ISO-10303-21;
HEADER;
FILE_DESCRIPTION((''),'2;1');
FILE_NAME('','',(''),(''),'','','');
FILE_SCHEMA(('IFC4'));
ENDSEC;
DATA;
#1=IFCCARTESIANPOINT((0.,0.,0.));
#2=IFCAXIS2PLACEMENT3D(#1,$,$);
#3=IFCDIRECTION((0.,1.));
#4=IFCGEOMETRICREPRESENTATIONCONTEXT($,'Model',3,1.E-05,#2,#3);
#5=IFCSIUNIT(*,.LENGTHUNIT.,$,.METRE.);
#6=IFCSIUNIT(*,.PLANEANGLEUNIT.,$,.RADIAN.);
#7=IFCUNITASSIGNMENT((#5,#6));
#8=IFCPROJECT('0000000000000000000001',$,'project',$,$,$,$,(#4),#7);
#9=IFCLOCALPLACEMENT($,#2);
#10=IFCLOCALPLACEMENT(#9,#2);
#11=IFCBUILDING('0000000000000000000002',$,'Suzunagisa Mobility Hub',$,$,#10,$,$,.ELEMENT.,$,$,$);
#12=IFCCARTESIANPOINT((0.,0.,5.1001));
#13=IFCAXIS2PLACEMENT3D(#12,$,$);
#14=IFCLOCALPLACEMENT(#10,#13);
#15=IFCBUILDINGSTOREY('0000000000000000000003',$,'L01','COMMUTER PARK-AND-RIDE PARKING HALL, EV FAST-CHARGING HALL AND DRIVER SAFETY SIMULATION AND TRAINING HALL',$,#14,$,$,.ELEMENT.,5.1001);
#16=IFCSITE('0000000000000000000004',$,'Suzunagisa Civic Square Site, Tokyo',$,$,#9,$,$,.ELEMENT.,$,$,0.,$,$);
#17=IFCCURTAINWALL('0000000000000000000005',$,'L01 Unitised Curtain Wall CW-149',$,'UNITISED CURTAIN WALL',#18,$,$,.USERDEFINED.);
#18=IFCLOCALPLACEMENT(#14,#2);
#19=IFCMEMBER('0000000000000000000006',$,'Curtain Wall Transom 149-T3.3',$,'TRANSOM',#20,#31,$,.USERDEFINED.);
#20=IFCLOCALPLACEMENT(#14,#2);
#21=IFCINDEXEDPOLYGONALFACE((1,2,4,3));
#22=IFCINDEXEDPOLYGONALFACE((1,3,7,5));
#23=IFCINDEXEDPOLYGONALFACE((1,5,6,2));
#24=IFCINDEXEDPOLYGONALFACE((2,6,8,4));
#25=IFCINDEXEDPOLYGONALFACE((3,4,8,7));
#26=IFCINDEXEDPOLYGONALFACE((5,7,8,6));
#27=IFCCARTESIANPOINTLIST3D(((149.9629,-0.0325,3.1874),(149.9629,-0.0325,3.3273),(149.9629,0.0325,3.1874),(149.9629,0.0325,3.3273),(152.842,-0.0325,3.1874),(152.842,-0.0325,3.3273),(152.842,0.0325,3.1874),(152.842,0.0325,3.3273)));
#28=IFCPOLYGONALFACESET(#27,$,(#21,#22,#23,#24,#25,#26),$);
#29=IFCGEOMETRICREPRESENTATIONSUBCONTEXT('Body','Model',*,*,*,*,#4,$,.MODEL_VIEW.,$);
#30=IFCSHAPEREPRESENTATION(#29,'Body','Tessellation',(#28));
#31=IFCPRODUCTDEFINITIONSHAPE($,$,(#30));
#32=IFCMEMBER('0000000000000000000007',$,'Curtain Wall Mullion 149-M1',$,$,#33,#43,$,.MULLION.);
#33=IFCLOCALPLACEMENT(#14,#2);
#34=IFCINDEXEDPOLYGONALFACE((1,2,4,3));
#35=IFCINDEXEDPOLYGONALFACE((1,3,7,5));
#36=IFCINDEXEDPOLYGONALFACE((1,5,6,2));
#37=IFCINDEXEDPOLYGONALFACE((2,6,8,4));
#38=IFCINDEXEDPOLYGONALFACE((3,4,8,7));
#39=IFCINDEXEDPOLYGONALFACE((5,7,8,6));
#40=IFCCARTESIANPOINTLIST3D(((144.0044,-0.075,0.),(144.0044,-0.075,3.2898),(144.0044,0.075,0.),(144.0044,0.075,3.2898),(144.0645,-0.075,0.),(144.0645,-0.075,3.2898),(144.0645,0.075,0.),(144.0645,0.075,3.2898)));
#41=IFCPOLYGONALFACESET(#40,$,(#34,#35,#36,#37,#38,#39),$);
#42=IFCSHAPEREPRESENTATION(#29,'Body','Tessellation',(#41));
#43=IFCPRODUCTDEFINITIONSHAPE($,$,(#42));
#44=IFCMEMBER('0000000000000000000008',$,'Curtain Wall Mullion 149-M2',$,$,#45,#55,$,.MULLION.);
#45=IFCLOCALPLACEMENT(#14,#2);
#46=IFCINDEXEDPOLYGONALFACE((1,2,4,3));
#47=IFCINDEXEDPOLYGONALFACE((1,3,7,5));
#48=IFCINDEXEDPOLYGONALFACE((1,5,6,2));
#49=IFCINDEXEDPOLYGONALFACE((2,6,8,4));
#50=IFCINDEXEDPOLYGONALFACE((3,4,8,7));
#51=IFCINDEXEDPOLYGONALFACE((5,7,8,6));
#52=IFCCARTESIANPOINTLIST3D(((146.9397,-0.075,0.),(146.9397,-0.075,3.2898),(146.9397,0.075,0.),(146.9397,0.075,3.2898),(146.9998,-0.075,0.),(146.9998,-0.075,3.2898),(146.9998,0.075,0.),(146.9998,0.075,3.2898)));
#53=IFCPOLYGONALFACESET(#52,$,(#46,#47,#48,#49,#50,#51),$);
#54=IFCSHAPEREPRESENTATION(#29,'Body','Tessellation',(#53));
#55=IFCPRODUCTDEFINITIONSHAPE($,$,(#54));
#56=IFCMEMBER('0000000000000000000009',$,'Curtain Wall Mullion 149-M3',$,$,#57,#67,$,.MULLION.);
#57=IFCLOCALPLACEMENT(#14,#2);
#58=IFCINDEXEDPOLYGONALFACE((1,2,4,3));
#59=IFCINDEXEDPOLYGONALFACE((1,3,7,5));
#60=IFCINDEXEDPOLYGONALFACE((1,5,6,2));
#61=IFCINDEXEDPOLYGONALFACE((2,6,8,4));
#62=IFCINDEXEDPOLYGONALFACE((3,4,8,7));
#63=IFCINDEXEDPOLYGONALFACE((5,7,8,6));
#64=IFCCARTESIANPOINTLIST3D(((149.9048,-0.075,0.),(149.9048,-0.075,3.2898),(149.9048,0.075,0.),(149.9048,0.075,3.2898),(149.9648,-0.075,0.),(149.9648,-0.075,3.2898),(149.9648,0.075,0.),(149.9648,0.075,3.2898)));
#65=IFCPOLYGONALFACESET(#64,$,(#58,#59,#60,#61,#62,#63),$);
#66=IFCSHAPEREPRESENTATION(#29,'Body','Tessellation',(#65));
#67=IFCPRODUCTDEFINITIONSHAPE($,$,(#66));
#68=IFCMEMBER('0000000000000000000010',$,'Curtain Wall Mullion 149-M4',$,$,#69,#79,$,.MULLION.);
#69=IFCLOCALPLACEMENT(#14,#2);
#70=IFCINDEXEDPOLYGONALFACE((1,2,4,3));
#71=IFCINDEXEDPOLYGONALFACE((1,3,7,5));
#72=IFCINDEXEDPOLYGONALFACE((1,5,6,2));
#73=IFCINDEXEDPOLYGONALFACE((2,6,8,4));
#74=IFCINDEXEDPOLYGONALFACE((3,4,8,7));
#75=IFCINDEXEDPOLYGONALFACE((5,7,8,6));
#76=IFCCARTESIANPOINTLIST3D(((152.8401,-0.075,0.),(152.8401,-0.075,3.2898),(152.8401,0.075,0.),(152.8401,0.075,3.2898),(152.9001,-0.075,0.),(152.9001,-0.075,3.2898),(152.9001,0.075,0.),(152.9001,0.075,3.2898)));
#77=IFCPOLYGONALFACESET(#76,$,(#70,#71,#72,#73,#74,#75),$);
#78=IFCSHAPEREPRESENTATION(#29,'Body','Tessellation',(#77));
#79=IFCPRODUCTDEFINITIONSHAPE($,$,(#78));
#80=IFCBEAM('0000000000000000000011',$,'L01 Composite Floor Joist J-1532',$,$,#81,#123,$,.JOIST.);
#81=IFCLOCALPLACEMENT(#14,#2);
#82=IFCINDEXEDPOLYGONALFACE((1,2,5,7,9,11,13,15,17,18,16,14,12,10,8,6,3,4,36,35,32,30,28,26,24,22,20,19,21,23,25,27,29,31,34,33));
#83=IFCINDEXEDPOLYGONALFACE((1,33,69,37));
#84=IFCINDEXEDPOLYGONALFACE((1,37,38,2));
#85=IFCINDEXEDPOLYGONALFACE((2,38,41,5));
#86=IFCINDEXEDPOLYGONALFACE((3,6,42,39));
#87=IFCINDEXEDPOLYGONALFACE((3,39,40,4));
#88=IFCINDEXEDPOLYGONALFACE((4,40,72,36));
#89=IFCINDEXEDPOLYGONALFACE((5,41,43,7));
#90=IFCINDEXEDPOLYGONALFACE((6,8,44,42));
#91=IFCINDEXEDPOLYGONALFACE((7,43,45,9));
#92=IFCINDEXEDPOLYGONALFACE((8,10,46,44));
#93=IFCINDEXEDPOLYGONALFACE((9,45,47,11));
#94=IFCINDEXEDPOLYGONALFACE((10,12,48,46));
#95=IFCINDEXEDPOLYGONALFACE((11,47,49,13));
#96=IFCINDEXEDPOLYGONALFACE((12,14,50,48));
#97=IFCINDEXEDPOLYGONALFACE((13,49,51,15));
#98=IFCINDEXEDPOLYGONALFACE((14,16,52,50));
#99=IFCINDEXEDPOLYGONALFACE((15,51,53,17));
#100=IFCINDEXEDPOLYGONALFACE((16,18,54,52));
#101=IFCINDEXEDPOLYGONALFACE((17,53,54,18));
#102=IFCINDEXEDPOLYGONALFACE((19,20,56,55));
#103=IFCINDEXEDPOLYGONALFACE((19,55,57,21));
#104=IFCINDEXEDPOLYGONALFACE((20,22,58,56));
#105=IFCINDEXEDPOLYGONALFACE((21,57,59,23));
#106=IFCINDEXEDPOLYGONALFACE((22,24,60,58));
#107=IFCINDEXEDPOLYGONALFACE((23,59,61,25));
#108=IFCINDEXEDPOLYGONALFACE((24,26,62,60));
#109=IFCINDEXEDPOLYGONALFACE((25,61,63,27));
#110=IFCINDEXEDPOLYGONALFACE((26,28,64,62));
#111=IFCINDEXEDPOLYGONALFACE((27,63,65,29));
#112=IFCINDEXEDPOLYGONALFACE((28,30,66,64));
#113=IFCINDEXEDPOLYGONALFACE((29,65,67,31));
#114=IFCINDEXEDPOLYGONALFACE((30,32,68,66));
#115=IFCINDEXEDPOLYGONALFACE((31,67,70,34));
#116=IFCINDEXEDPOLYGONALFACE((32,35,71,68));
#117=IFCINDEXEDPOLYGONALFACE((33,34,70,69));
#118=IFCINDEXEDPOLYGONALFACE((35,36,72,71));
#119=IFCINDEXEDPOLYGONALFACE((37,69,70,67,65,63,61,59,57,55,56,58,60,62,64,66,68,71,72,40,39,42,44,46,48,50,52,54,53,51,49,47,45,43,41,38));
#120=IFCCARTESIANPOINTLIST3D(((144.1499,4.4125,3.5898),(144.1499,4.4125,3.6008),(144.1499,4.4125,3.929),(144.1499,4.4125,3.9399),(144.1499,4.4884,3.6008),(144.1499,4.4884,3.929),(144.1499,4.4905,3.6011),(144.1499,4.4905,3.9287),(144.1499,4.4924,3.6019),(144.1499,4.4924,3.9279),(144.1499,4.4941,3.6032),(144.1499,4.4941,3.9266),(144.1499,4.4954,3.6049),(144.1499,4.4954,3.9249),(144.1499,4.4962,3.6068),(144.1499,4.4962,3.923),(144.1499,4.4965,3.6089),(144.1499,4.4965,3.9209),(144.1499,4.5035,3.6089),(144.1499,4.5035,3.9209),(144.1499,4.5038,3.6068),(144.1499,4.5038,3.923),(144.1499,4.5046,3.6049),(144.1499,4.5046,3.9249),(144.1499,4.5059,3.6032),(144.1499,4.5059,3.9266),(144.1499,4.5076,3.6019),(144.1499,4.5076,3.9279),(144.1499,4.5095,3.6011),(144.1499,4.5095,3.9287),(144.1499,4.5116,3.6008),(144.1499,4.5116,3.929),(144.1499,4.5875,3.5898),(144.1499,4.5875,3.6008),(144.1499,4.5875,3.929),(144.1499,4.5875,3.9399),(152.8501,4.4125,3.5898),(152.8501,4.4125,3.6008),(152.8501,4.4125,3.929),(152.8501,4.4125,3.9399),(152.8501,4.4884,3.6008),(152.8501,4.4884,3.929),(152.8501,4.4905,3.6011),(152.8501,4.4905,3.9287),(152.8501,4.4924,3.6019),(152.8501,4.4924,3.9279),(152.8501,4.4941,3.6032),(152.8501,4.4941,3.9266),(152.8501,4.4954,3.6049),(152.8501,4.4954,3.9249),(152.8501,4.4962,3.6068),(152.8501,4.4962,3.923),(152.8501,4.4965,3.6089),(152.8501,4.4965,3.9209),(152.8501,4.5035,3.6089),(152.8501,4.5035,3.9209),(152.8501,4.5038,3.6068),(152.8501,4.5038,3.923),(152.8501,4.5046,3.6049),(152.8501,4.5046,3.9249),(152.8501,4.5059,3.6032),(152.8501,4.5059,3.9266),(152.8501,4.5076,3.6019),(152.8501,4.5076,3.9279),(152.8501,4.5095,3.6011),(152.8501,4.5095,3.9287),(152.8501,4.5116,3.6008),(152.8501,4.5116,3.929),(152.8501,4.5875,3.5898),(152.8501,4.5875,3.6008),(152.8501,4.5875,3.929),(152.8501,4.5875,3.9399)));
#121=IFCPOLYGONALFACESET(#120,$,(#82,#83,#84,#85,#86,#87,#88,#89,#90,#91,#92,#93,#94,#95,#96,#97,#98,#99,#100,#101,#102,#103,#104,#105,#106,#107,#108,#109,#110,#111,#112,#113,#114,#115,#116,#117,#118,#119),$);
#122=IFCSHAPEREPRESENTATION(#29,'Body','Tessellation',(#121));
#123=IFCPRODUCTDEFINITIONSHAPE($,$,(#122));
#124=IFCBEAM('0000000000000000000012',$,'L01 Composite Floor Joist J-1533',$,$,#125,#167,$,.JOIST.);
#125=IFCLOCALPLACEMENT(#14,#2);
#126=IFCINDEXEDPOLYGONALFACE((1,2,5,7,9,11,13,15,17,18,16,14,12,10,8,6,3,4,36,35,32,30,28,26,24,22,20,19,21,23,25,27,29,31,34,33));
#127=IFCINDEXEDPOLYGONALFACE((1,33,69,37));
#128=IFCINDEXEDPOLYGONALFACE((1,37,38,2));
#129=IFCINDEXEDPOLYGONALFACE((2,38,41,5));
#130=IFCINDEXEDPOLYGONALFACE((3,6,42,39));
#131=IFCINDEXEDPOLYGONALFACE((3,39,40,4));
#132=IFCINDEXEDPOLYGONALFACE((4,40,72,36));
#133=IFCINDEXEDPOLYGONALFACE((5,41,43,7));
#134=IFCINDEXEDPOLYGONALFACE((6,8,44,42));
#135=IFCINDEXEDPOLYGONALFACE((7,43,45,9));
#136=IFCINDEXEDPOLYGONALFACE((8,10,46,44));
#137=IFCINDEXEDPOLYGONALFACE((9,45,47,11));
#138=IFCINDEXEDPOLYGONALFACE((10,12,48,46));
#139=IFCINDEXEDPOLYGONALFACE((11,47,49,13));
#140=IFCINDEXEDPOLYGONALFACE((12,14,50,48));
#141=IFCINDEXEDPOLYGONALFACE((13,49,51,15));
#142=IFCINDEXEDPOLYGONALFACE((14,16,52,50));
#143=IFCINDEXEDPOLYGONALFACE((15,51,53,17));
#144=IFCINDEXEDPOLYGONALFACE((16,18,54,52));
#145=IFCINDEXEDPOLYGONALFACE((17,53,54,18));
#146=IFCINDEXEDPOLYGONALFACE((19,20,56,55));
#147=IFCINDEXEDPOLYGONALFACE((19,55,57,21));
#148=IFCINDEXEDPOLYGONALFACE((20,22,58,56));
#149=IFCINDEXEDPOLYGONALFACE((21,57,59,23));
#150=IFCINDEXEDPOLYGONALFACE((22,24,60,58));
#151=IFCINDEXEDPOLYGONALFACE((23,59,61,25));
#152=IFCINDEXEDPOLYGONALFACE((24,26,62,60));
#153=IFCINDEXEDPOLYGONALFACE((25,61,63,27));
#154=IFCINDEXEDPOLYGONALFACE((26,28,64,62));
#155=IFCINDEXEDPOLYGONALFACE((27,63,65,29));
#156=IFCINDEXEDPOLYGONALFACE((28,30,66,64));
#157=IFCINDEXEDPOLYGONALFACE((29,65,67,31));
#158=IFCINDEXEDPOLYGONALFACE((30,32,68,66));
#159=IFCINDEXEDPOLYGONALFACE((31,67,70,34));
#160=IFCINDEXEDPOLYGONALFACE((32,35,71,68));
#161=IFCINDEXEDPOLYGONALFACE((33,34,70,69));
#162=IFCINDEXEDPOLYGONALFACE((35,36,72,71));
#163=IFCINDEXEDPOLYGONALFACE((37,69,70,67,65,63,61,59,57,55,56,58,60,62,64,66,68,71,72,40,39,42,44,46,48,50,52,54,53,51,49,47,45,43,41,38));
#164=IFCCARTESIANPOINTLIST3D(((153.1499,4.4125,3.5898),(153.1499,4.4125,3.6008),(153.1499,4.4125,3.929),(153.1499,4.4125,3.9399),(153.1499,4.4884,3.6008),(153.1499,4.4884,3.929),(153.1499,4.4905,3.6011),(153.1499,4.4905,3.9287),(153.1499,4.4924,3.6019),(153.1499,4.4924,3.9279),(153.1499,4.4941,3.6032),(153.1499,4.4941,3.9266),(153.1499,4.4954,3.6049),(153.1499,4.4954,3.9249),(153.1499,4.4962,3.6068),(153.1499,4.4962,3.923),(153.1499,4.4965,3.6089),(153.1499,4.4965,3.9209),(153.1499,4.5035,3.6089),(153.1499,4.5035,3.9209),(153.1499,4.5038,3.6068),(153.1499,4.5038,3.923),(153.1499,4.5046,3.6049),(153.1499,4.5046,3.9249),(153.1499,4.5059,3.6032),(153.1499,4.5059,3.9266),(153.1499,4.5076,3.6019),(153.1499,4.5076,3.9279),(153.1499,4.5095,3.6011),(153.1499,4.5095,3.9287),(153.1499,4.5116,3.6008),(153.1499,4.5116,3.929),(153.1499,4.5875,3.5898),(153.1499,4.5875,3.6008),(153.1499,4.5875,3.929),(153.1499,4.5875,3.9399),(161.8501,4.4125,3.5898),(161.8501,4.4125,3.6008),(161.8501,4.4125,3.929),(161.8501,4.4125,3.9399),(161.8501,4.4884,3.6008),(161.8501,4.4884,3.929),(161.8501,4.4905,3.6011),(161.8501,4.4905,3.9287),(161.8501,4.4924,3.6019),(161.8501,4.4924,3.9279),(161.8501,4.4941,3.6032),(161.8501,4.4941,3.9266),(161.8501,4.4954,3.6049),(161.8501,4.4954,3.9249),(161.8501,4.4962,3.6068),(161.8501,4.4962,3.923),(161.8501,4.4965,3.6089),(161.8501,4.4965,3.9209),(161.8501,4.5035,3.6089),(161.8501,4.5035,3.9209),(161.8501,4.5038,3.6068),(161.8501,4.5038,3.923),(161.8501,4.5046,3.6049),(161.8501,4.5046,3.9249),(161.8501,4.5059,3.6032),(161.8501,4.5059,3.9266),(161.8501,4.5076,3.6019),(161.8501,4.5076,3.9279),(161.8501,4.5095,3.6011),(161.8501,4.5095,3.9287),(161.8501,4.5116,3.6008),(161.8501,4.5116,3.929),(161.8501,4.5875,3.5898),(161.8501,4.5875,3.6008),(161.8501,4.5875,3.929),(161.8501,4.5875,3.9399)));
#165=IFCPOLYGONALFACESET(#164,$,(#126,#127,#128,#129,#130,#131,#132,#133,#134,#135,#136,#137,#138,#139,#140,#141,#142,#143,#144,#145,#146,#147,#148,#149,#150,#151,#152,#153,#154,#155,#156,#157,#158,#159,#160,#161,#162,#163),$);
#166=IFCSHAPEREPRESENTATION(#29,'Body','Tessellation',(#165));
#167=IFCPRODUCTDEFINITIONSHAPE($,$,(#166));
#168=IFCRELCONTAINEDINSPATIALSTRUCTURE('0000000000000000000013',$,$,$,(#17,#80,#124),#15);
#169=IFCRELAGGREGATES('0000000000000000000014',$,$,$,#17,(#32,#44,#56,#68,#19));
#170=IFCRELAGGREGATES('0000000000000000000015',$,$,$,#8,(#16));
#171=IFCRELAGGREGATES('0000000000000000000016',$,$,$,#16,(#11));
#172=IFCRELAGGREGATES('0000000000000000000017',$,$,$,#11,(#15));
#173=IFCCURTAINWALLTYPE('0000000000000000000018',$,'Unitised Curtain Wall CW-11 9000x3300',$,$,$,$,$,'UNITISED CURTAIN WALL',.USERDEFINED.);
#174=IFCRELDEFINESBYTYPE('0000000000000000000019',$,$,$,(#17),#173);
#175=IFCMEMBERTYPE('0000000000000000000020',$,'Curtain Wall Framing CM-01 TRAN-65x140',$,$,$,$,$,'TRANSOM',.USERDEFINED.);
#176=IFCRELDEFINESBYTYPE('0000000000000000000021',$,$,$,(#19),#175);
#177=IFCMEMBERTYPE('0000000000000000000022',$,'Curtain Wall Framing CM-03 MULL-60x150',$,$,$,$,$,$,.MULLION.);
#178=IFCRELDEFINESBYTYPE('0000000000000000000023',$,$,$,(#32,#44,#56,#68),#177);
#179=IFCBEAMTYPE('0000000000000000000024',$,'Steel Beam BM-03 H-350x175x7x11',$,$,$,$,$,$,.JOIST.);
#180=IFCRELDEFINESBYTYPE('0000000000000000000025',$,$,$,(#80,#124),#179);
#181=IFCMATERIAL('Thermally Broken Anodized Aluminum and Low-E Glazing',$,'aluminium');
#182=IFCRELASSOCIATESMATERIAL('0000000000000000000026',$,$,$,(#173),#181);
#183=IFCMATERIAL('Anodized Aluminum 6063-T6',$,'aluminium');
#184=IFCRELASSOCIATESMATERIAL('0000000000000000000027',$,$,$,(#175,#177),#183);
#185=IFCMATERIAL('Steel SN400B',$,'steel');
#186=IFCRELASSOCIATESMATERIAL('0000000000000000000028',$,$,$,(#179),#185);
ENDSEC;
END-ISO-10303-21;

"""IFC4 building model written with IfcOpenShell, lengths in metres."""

from ifc_helpers import new_model, si_unit, direction, frame, origin, origin_2d, place, context, subcontext, project, spatial, rectangle, i_section, extrude, material, material_profile, profile_set, type_object, element, aggregate, save


model = new_model("IFC4")

# Units and contexts
model_context = context("Model", 3, precision=1e-05, world=origin(), true_north=direction((0.0, 1.0)))
body_context = subcontext(model_context, "Body", "Model", "MODEL_VIEW")
ifc_project = project(units=[si_unit("LENGTHUNIT", "METRE"), si_unit("PLANEANGLEUNIT", "RADIAN")], contexts=[model_context])

# Site, building, storey
site_placement = place(None, origin())
site = spatial("IfcSite", under=ifc_project, at=site_placement, Name="Suzunagisa Civic Square Site, Tokyo", CompositionType="ELEMENT", RefElevation=0.0)
building_placement = place(site_placement, origin())
building = spatial("IfcBuilding", under=site, at=building_placement, Name="Suzunagisa Mobility Hub", CompositionType="ELEMENT")
storey_placement = place(building_placement, frame((0.0, 0.0, 5.1001)))
storey = spatial("IfcBuildingStorey", under=building, at=storey_placement, Name="L01", Description="COMMUTER PARK-AND-RIDE PARKING HALL, EV FAST-CHARGING HALL AND DRIVER SAFETY SIMULATION AND TRAINING HALL", CompositionType="ELEMENT", Elevation=5.1001)

# Curtain wall, members
ifc_material_1 = material(Name="Thermally Broken Anodized Aluminum and Low-E Glazing", Category="aluminium")
curtain_wall_type = type_object("IfcCurtainWallType", Name="Unitised Curtain Wall CW-11 9000x3300", ElementType="UNITISED CURTAIN WALL", PredefinedType="USERDEFINED", material=ifc_material_1)
curtain_wall_placement = place(storey_placement, origin())
curtain_wall = element("IfcCurtainWall", 1, at=curtain_wall_placement, inside=storey, type_object=curtain_wall_type, Name="L01 Unitised Curtain Wall CW-149", ObjectType="UNITISED CURTAIN WALL", PredefinedType="USERDEFINED")
ifc_material_2 = material(Name="Anodized Aluminum 6063-T6", Category="aluminium")
ifc_material_profile_1 = material_profile(ifc_material_2, rectangle(XDim=0.0649, YDim=0.1399, at=origin_2d()), Name="TRAN-65x140")
ifc_profile_set_1 = profile_set([ifc_material_profile_1], Name="Anodized Aluminum 6063-T6")
member_type_1 = type_object("IfcMemberType", Name="Curtain Wall Framing CM-01 TRAN-65x140", ElementType="TRANSOM", PredefinedType="USERDEFINED", material=ifc_profile_set_1)
member_1_placement = place(storey_placement, frame((149.9629, 0.0, 3.2573), z_axis=(1.0, 0.0, 0.0), x_axis=(0.0, 1.0, 0.0)))
member_1 = element("IfcMember", 2, at=member_1_placement, type_object=member_type_1, Name="Curtain Wall Transom 149-T3.3", ObjectType="TRANSOM", PredefinedType="USERDEFINED", context=body_context, shape_type="SweptSolid", body=[
    extrude(rectangle(XDim=0.0649, YDim=0.1399, at=origin_2d()), origin(), (0.0, 0.0, 1.0), 2.8792),
])
ifc_material_profile_2 = material_profile(ifc_material_2, rectangle(XDim=0.0601, YDim=0.1499, at=origin_2d()), Name="MULL-60x150")
ifc_profile_set_2 = profile_set([ifc_material_profile_2], Name="Anodized Aluminum 6063-T6")
member_type_2 = type_object("IfcMemberType", Name="Curtain Wall Framing CM-03 MULL-60x150", PredefinedType="MULLION", material=ifc_profile_set_2)
member_2_placement = place(storey_placement, frame((144.0344, 0.0, 0.0), z_axis=(0.0, 0.0, 1.0), x_axis=(1.0, 0.0, 0.0)))
member_2 = element("IfcMember", 3, at=member_2_placement, type_object=member_type_2, Name="Curtain Wall Mullion 149-M1", PredefinedType="MULLION", context=body_context, shape_type="SweptSolid", body=[
    extrude(rectangle(XDim=0.0601, YDim=0.1499, at=origin_2d()), origin(), (0.0, 0.0, 1.0), 3.2898),
])
member_3_placement = place(storey_placement, frame((146.9697, 0.0, 0.0), z_axis=(0.0, 0.0, 1.0), x_axis=(1.0, 0.0, 0.0)))
member_3 = element("IfcMember", 4, at=member_3_placement, type_object=member_type_2, Name="Curtain Wall Mullion 149-M2", PredefinedType="MULLION", context=body_context, shape_type="SweptSolid", body=[
    extrude(rectangle(XDim=0.0601, YDim=0.1499, at=origin_2d()), origin(), (0.0, 0.0, 1.0), 3.2898),
])
member_4_placement = place(storey_placement, frame((149.9348, 0.0, 0.0), z_axis=(0.0, 0.0, 1.0), x_axis=(1.0, 0.0, 0.0)))
member_4 = element("IfcMember", 5, at=member_4_placement, type_object=member_type_2, Name="Curtain Wall Mullion 149-M3", PredefinedType="MULLION", context=body_context, shape_type="SweptSolid", body=[
    extrude(rectangle(XDim=0.0601, YDim=0.1499, at=origin_2d()), origin(), (0.0, 0.0, 1.0), 3.2898),
])
member_5_placement = place(storey_placement, frame((152.8701, 0.0, 0.0), z_axis=(0.0, 0.0, 1.0), x_axis=(1.0, 0.0, 0.0)))
member_5 = element("IfcMember", 6, at=member_5_placement, type_object=member_type_2, Name="Curtain Wall Mullion 149-M4", PredefinedType="MULLION", context=body_context, shape_type="SweptSolid", body=[
    extrude(rectangle(XDim=0.0601, YDim=0.1499, at=origin_2d()), origin(), (0.0, 0.0, 1.0), 3.2898),
])

# Beams
ifc_material_3 = material(Name="Steel SN400B", Category="steel")
ifc_material_profile_3 = material_profile(ifc_material_3, i_section(OverallWidth=0.175, OverallDepth=0.3501, WebThickness=0.0071, FlangeThickness=0.011, FilletRadius=0.0081, at=origin_2d()), Name="H-350x175x7x11")
ifc_profile_set_3 = profile_set([ifc_material_profile_3], Name="Steel SN400B")
beam_type_1 = type_object("IfcBeamType", Name="Steel Beam BM-03 H-350x175x7x11", PredefinedType="JOIST", material=ifc_profile_set_3)
for number, where, z_axis, x_axis, name in (
    (7, (144.1499, 4.5, 3.7649), (1.0, 0.0, 0.0), (0.0, 1.0, 0.0), "L01 Composite Floor Joist J-1532"),
    (8, (153.1499, 4.5, 3.7649), (1.0, 0.0, 0.0), (0.0, 1.0, 0.0), "L01 Composite Floor Joist J-1533"),
):
    element("IfcBeam", number, at=place(storey_placement, frame(where, z_axis=z_axis, x_axis=x_axis)), inside=storey, type_object=beam_type_1, Name=name, PredefinedType="JOIST", context=body_context, shape_type="SweptSolid", body=[
        extrude(i_section(OverallWidth=0.175, OverallDepth=0.3501, WebThickness=0.0071, FlangeThickness=0.011, FilletRadius=0.0081, at=origin_2d()), origin(), (0.0, 0.0, 1.0), 8.7002),
    ])

aggregate(curtain_wall, [member_2, member_3, member_4, member_5, member_1])

save(model, "model.ifc")
